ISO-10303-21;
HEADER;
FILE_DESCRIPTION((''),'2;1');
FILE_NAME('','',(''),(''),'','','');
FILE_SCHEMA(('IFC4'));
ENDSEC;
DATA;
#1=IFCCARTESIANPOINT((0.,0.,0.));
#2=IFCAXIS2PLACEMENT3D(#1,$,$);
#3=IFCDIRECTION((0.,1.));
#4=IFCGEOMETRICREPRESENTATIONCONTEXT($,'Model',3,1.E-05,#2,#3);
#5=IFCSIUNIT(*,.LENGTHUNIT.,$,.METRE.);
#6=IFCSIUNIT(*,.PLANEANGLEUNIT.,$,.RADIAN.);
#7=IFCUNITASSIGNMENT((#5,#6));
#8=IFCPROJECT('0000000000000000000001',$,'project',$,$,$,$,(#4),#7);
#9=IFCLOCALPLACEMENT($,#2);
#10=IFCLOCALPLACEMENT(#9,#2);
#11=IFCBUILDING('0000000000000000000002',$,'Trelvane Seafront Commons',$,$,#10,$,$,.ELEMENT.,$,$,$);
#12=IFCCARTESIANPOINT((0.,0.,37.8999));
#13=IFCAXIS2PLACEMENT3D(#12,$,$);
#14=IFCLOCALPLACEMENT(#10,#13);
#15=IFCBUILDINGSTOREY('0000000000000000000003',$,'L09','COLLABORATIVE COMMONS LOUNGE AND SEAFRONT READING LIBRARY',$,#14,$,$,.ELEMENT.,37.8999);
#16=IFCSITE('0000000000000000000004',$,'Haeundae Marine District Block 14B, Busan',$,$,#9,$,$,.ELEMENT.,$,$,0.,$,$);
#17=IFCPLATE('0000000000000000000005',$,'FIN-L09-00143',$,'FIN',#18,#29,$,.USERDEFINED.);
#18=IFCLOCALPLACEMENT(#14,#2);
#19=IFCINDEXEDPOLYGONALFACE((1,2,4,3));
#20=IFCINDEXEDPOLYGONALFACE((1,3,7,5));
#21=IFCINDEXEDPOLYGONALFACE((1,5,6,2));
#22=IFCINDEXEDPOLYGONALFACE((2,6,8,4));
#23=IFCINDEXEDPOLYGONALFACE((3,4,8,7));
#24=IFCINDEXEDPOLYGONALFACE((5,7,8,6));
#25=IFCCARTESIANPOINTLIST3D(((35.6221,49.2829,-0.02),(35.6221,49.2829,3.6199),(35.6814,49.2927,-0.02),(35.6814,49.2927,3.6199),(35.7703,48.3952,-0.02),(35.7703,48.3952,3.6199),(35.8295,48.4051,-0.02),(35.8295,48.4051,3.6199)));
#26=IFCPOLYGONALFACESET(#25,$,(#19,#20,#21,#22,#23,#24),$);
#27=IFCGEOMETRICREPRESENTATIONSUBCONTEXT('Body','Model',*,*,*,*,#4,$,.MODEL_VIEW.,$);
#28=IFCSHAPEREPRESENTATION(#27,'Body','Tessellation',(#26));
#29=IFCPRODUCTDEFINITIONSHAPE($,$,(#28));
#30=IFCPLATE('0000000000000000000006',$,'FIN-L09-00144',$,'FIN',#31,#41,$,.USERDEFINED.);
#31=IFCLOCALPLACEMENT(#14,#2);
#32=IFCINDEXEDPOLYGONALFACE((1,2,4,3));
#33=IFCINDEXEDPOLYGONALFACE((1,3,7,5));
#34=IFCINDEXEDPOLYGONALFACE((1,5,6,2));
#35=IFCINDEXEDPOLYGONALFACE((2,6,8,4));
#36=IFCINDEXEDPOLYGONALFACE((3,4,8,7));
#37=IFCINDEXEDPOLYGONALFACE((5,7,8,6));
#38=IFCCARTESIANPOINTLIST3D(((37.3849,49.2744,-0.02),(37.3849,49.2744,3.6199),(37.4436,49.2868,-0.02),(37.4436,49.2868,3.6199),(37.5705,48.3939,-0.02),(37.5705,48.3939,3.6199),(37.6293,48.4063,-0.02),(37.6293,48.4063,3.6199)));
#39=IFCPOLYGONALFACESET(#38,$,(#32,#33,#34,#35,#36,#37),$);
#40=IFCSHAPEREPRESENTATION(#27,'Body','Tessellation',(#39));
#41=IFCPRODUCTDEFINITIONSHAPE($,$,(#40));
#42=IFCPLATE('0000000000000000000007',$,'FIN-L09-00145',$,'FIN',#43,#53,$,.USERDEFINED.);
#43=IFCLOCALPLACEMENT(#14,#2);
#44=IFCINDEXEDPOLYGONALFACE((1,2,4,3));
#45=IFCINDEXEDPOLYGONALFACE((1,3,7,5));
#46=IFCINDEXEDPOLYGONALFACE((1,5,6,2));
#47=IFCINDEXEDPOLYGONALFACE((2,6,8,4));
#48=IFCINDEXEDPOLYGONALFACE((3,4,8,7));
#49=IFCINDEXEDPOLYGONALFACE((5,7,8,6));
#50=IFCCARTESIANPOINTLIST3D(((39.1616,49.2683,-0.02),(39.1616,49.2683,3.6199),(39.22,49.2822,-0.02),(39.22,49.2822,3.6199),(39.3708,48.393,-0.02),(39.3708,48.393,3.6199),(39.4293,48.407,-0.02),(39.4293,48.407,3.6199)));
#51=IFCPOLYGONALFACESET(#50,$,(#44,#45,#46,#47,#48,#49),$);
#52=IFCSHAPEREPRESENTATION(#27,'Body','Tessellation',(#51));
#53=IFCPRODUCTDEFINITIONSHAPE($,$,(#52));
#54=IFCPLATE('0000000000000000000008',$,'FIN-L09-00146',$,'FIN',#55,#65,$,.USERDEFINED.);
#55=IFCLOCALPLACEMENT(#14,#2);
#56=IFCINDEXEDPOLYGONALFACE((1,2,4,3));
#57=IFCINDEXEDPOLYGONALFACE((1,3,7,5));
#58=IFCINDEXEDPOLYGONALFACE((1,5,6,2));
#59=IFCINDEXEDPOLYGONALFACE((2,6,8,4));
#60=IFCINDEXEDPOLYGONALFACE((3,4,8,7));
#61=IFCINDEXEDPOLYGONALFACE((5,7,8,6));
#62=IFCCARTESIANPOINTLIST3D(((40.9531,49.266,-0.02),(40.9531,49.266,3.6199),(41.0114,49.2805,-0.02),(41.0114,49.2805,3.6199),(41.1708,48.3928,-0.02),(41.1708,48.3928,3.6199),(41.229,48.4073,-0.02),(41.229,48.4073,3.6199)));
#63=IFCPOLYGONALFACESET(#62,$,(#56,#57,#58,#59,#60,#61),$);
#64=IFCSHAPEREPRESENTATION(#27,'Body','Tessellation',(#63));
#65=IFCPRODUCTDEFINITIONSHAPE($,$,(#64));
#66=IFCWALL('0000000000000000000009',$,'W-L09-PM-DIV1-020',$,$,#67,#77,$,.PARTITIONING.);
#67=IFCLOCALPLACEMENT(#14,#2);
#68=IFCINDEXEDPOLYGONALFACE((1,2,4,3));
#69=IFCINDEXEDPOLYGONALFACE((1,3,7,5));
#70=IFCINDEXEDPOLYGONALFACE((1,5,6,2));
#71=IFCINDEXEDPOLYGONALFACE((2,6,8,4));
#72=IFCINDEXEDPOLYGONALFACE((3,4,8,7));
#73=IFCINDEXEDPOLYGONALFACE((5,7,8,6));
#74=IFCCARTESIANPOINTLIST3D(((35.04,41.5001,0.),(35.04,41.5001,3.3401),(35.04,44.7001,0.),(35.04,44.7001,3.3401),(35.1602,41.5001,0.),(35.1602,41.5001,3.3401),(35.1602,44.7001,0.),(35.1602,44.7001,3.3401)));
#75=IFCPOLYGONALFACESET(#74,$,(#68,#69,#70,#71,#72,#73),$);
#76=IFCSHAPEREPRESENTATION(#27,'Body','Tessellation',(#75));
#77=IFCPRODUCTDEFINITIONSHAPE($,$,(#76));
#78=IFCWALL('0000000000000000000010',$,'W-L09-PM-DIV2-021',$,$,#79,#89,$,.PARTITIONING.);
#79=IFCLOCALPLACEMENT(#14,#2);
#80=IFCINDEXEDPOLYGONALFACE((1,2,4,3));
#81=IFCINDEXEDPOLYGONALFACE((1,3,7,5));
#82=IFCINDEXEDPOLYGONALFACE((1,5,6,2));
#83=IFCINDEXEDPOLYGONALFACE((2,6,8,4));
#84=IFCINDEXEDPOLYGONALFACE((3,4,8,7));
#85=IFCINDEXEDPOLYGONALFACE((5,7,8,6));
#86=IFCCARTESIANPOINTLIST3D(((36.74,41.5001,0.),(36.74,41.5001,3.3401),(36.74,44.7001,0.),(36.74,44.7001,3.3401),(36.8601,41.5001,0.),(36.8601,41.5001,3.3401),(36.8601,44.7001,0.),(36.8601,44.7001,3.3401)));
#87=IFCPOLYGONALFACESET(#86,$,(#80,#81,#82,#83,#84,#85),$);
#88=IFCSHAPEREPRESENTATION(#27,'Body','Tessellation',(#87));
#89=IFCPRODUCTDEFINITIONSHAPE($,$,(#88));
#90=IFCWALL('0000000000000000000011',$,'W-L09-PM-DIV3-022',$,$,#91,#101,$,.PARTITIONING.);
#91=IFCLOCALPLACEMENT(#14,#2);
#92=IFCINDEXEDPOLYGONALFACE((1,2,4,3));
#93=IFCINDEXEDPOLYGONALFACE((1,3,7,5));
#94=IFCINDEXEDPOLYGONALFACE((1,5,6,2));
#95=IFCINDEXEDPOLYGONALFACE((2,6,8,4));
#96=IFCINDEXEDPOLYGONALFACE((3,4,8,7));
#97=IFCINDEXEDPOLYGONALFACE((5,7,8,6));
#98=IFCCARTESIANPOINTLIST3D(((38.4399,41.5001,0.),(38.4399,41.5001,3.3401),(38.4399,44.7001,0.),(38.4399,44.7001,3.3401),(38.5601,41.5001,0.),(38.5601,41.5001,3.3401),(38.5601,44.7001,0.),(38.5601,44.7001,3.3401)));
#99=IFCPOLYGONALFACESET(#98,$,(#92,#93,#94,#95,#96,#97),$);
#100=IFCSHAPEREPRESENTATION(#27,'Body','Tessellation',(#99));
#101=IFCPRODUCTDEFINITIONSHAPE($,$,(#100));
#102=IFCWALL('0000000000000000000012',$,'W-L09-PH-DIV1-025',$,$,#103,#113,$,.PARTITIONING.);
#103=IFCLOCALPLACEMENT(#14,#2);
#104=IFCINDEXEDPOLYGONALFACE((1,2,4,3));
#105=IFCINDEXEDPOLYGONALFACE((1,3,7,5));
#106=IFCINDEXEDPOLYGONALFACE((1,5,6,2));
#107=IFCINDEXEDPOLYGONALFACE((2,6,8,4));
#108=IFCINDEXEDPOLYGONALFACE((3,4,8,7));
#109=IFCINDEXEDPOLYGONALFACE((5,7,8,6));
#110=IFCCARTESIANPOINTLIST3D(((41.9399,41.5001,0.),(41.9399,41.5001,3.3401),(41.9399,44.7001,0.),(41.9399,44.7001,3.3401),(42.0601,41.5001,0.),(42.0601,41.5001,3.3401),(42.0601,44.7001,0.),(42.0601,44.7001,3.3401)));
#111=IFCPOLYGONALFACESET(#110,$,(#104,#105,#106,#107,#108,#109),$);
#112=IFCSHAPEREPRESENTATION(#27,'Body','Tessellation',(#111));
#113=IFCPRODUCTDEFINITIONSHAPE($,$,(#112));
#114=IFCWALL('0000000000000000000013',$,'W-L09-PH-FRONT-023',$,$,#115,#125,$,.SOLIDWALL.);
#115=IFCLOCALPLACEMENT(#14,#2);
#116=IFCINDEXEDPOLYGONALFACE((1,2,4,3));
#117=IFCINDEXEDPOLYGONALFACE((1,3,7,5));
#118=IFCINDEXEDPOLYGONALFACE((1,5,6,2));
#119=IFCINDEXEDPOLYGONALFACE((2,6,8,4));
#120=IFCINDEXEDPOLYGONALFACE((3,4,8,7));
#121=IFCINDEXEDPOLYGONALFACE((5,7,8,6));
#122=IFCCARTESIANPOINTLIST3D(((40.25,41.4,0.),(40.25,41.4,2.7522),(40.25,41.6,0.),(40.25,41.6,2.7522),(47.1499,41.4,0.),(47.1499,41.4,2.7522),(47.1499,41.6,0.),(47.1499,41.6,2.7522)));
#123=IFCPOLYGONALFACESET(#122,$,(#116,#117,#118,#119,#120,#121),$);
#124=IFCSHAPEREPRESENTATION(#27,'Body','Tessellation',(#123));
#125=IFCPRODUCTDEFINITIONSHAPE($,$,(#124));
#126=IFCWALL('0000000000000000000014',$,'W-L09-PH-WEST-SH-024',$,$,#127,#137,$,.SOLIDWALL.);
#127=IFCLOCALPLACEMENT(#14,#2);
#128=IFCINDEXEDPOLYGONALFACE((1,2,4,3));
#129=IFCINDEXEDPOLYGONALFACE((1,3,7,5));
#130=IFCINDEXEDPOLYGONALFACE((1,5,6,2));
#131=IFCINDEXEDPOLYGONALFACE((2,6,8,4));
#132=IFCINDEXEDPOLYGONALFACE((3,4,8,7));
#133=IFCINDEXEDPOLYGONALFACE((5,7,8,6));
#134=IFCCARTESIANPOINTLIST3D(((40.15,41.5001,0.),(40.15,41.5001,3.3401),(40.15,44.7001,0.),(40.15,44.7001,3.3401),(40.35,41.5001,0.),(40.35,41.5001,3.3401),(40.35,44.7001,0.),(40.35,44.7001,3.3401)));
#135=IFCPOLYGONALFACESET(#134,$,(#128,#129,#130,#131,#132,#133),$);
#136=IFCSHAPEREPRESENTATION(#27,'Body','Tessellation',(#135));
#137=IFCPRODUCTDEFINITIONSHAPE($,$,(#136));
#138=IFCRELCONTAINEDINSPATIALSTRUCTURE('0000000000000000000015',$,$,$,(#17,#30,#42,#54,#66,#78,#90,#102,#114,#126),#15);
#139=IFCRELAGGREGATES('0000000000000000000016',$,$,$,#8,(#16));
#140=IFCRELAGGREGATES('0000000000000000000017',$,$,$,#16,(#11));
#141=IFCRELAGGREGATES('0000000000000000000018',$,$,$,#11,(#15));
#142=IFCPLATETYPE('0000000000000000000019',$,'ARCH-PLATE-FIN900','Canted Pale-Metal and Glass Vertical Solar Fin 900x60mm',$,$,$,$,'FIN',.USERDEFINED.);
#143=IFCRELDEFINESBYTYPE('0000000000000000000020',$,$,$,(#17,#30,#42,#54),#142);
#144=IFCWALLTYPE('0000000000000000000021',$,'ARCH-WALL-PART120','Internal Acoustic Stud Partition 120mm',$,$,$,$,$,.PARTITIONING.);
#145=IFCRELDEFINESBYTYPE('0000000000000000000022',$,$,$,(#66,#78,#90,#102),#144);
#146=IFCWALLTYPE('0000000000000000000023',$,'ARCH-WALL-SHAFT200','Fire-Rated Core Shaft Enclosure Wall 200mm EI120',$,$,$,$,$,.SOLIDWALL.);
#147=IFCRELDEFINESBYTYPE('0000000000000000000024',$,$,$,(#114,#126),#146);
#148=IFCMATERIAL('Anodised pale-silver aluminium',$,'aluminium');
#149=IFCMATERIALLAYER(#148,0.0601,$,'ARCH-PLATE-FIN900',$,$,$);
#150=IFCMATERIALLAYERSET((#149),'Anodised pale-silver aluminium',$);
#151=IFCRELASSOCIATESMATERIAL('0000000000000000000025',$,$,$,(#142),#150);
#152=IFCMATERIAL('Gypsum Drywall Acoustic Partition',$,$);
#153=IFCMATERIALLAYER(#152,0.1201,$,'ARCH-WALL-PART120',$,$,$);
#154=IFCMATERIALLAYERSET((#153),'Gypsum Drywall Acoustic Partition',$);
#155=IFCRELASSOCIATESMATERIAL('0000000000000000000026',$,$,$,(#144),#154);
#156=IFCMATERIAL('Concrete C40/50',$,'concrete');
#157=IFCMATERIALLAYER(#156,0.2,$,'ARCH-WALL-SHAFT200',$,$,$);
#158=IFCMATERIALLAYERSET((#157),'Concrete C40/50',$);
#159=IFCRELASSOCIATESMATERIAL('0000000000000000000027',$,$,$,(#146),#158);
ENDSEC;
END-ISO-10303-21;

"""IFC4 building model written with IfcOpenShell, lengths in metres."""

from ifc_helpers import new_model, si_unit, direction, frame, frame_2d, origin, origin_2d, place, context, subcontext, project, spatial, rectangle, extrude, source, transform, mapped, material, layer, layer_set, type_object, element, save


model = new_model("IFC4")

# Units and contexts
model_context = context("Model", 3, precision=1e-05, world=origin(), true_north=direction((0.0, 1.0)))
body_context = subcontext(model_context, "Body", "Model", "MODEL_VIEW")
ifc_project = project(units=[si_unit("LENGTHUNIT", "METRE"), si_unit("PLANEANGLEUNIT", "RADIAN")], contexts=[model_context])

# Site, building, storey
site_placement = place(None, origin())
site = spatial("IfcSite", under=ifc_project, at=site_placement, Name="Haeundae Marine District Block 14B, Busan", CompositionType="ELEMENT", RefElevation=0.0)
building_placement = place(site_placement, origin())
building = spatial("IfcBuilding", under=site, at=building_placement, Name="Trelvane Seafront Commons", CompositionType="ELEMENT")
storey_placement = place(building_placement, frame((0.0, 0.0, 37.8999)))
storey = spatial("IfcBuildingStorey", under=building, at=storey_placement, Name="L09", Description="COLLABORATIVE COMMONS LOUNGE AND SEAFRONT READING LIBRARY", CompositionType="ELEMENT", Elevation=37.8999)

# Shared definitions
ifc_material_1 = material(Name="Anodised pale-silver aluminium", Category="aluminium")

# Plates
ifc_layer_1 = layer(ifc_material_1, 0.0601, Name="ARCH-PLATE-FIN900")
ifc_layer_set_1 = layer_set([ifc_layer_1], Name="Anodised pale-silver aluminium")
plate_type_1 = type_object("IfcPlateType", Name="ARCH-PLATE-FIN900", Description="Canted Pale-Metal and Glass Vertical Solar Fin 900x60mm", ElementType="FIN", PredefinedType="USERDEFINED", material=ifc_layer_set_1)
shared_shape_1 = source(origin(), body_context, "Body", "SweptSolid", [
    extrude(rectangle(XDim=0.8999, YDim=0.0601, at=origin_2d()), origin(), (0.0, 0.0, 1.0), 3.6399),
])
for number, where, z_axis, x_axis, name in (
    (1, (35.7258, 48.844, -0.02), (0.0, 0.0, 1.0), (-0.164669, 0.986349, 0.0), "FIN-L09-00143"),
    (2, (37.5071, 48.8403, -0.02), (0.0, 0.0, 1.0), (-0.206341, 0.97848, 0.0), "FIN-L09-00144"),
    (3, (39.2954, 48.8376, -0.02), (0.0, 0.0, 1.0), (-0.232561, 0.972582, 0.0), "FIN-L09-00145"),
    (4, (41.0911, 48.8367, -0.02), (0.0, 0.0, 1.0), (-0.241881, 0.970306, 0.0), "FIN-L09-00146"),
):
    element("IfcPlate", number, at=place(storey_placement, frame(where, z_axis=z_axis, x_axis=x_axis)), inside=storey, type_object=plate_type_1, Name=name, ObjectType="FIN", PredefinedType="USERDEFINED", context=body_context, shape_type="MappedRepresentation", body=[
        mapped(shared_shape_1, transform((0.0, 0.0, 0.0), x_axis=(1.0, 0.0, 0.0), y_axis=(0.0, 1.0, 0.0), z_axis=(0.0, 0.0, 1.0), scale=1.0)),
    ])

# Walls
ifc_material_2 = material(Name="Gypsum Drywall Acoustic Partition")
ifc_layer_2 = layer(ifc_material_2, 0.1201, Name="ARCH-WALL-PART120")
ifc_layer_set_2 = layer_set([ifc_layer_2], Name="Gypsum Drywall Acoustic Partition")
wall_type_1 = type_object("IfcWallType", Name="ARCH-WALL-PART120", Description="Internal Acoustic Stud Partition 120mm", PredefinedType="PARTITIONING", material=ifc_layer_set_2)
for number, where, z_axis, x_axis, name in (
    (5, (35.1001, 41.5, 0.0), (0.0, 0.0, 1.0), (0.0, 1.0, 0.0), "W-L09-PM-DIV1-020"),
    (6, (36.8, 41.5, 0.0), (0.0, 0.0, 1.0), (0.0, 1.0, 0.0), "W-L09-PM-DIV2-021"),
    (7, (38.5, 41.5, 0.0), (0.0, 0.0, 1.0), (0.0, 1.0, 0.0), "W-L09-PM-DIV3-022"),
    (8, (42.0, 41.5, 0.0), (0.0, 0.0, 1.0), (0.0, 1.0, 0.0), "W-L09-PH-DIV1-025"),
):
    element("IfcWall", number, at=place(storey_placement, frame(where, z_axis=z_axis, x_axis=x_axis)), inside=storey, type_object=wall_type_1, Name=name, PredefinedType="PARTITIONING", context=body_context, shape_type="SweptSolid", body=[
        extrude(rectangle(XDim=3.2, YDim=0.1201, at=frame_2d((1.6001, 0.0))), origin(), (0.0, 0.0, 1.0), 3.3401),
    ])

# Walls
ifc_material_3 = material(Name="Concrete C40/50", Category="concrete")
ifc_layer_3 = layer(ifc_material_3, 0.2, Name="ARCH-WALL-SHAFT200")
ifc_layer_set_3 = layer_set([ifc_layer_3], Name="Concrete C40/50")
wall_type_2 = type_object("IfcWallType", Name="ARCH-WALL-SHAFT200", Description="Fire-Rated Core Shaft Enclosure Wall 200mm EI120", PredefinedType="SOLIDWALL", material=ifc_layer_set_3)
wall_1_placement = place(storey_placement, frame((40.25, 41.5, 0.0), z_axis=(0.0, 0.0, 1.0), x_axis=(1.0, 0.0, 0.0)))
element("IfcWall", 9, at=wall_1_placement, inside=storey, type_object=wall_type_2, Name="W-L09-PH-FRONT-023", PredefinedType="SOLIDWALL", context=body_context, shape_type="SweptSolid", body=[
    extrude(rectangle(XDim=6.8999, YDim=0.2, at=frame_2d((3.45, 0.0))), origin(), (0.0, 0.0, 1.0), 2.7522),
])
wall_2_placement = place(storey_placement, frame((40.25, 41.5, 0.0), z_axis=(0.0, 0.0, 1.0), x_axis=(0.0, 1.0, 0.0)))
element("IfcWall", 10, at=wall_2_placement, inside=storey, type_object=wall_type_2, Name="W-L09-PH-WEST-SH-024", PredefinedType="SOLIDWALL", context=body_context, shape_type="SweptSolid", body=[
    extrude(rectangle(XDim=3.2, YDim=0.2, at=frame_2d((1.6001, 0.0))), origin(), (0.0, 0.0, 1.0), 3.3401),
])

save(model, "model.ifc")
